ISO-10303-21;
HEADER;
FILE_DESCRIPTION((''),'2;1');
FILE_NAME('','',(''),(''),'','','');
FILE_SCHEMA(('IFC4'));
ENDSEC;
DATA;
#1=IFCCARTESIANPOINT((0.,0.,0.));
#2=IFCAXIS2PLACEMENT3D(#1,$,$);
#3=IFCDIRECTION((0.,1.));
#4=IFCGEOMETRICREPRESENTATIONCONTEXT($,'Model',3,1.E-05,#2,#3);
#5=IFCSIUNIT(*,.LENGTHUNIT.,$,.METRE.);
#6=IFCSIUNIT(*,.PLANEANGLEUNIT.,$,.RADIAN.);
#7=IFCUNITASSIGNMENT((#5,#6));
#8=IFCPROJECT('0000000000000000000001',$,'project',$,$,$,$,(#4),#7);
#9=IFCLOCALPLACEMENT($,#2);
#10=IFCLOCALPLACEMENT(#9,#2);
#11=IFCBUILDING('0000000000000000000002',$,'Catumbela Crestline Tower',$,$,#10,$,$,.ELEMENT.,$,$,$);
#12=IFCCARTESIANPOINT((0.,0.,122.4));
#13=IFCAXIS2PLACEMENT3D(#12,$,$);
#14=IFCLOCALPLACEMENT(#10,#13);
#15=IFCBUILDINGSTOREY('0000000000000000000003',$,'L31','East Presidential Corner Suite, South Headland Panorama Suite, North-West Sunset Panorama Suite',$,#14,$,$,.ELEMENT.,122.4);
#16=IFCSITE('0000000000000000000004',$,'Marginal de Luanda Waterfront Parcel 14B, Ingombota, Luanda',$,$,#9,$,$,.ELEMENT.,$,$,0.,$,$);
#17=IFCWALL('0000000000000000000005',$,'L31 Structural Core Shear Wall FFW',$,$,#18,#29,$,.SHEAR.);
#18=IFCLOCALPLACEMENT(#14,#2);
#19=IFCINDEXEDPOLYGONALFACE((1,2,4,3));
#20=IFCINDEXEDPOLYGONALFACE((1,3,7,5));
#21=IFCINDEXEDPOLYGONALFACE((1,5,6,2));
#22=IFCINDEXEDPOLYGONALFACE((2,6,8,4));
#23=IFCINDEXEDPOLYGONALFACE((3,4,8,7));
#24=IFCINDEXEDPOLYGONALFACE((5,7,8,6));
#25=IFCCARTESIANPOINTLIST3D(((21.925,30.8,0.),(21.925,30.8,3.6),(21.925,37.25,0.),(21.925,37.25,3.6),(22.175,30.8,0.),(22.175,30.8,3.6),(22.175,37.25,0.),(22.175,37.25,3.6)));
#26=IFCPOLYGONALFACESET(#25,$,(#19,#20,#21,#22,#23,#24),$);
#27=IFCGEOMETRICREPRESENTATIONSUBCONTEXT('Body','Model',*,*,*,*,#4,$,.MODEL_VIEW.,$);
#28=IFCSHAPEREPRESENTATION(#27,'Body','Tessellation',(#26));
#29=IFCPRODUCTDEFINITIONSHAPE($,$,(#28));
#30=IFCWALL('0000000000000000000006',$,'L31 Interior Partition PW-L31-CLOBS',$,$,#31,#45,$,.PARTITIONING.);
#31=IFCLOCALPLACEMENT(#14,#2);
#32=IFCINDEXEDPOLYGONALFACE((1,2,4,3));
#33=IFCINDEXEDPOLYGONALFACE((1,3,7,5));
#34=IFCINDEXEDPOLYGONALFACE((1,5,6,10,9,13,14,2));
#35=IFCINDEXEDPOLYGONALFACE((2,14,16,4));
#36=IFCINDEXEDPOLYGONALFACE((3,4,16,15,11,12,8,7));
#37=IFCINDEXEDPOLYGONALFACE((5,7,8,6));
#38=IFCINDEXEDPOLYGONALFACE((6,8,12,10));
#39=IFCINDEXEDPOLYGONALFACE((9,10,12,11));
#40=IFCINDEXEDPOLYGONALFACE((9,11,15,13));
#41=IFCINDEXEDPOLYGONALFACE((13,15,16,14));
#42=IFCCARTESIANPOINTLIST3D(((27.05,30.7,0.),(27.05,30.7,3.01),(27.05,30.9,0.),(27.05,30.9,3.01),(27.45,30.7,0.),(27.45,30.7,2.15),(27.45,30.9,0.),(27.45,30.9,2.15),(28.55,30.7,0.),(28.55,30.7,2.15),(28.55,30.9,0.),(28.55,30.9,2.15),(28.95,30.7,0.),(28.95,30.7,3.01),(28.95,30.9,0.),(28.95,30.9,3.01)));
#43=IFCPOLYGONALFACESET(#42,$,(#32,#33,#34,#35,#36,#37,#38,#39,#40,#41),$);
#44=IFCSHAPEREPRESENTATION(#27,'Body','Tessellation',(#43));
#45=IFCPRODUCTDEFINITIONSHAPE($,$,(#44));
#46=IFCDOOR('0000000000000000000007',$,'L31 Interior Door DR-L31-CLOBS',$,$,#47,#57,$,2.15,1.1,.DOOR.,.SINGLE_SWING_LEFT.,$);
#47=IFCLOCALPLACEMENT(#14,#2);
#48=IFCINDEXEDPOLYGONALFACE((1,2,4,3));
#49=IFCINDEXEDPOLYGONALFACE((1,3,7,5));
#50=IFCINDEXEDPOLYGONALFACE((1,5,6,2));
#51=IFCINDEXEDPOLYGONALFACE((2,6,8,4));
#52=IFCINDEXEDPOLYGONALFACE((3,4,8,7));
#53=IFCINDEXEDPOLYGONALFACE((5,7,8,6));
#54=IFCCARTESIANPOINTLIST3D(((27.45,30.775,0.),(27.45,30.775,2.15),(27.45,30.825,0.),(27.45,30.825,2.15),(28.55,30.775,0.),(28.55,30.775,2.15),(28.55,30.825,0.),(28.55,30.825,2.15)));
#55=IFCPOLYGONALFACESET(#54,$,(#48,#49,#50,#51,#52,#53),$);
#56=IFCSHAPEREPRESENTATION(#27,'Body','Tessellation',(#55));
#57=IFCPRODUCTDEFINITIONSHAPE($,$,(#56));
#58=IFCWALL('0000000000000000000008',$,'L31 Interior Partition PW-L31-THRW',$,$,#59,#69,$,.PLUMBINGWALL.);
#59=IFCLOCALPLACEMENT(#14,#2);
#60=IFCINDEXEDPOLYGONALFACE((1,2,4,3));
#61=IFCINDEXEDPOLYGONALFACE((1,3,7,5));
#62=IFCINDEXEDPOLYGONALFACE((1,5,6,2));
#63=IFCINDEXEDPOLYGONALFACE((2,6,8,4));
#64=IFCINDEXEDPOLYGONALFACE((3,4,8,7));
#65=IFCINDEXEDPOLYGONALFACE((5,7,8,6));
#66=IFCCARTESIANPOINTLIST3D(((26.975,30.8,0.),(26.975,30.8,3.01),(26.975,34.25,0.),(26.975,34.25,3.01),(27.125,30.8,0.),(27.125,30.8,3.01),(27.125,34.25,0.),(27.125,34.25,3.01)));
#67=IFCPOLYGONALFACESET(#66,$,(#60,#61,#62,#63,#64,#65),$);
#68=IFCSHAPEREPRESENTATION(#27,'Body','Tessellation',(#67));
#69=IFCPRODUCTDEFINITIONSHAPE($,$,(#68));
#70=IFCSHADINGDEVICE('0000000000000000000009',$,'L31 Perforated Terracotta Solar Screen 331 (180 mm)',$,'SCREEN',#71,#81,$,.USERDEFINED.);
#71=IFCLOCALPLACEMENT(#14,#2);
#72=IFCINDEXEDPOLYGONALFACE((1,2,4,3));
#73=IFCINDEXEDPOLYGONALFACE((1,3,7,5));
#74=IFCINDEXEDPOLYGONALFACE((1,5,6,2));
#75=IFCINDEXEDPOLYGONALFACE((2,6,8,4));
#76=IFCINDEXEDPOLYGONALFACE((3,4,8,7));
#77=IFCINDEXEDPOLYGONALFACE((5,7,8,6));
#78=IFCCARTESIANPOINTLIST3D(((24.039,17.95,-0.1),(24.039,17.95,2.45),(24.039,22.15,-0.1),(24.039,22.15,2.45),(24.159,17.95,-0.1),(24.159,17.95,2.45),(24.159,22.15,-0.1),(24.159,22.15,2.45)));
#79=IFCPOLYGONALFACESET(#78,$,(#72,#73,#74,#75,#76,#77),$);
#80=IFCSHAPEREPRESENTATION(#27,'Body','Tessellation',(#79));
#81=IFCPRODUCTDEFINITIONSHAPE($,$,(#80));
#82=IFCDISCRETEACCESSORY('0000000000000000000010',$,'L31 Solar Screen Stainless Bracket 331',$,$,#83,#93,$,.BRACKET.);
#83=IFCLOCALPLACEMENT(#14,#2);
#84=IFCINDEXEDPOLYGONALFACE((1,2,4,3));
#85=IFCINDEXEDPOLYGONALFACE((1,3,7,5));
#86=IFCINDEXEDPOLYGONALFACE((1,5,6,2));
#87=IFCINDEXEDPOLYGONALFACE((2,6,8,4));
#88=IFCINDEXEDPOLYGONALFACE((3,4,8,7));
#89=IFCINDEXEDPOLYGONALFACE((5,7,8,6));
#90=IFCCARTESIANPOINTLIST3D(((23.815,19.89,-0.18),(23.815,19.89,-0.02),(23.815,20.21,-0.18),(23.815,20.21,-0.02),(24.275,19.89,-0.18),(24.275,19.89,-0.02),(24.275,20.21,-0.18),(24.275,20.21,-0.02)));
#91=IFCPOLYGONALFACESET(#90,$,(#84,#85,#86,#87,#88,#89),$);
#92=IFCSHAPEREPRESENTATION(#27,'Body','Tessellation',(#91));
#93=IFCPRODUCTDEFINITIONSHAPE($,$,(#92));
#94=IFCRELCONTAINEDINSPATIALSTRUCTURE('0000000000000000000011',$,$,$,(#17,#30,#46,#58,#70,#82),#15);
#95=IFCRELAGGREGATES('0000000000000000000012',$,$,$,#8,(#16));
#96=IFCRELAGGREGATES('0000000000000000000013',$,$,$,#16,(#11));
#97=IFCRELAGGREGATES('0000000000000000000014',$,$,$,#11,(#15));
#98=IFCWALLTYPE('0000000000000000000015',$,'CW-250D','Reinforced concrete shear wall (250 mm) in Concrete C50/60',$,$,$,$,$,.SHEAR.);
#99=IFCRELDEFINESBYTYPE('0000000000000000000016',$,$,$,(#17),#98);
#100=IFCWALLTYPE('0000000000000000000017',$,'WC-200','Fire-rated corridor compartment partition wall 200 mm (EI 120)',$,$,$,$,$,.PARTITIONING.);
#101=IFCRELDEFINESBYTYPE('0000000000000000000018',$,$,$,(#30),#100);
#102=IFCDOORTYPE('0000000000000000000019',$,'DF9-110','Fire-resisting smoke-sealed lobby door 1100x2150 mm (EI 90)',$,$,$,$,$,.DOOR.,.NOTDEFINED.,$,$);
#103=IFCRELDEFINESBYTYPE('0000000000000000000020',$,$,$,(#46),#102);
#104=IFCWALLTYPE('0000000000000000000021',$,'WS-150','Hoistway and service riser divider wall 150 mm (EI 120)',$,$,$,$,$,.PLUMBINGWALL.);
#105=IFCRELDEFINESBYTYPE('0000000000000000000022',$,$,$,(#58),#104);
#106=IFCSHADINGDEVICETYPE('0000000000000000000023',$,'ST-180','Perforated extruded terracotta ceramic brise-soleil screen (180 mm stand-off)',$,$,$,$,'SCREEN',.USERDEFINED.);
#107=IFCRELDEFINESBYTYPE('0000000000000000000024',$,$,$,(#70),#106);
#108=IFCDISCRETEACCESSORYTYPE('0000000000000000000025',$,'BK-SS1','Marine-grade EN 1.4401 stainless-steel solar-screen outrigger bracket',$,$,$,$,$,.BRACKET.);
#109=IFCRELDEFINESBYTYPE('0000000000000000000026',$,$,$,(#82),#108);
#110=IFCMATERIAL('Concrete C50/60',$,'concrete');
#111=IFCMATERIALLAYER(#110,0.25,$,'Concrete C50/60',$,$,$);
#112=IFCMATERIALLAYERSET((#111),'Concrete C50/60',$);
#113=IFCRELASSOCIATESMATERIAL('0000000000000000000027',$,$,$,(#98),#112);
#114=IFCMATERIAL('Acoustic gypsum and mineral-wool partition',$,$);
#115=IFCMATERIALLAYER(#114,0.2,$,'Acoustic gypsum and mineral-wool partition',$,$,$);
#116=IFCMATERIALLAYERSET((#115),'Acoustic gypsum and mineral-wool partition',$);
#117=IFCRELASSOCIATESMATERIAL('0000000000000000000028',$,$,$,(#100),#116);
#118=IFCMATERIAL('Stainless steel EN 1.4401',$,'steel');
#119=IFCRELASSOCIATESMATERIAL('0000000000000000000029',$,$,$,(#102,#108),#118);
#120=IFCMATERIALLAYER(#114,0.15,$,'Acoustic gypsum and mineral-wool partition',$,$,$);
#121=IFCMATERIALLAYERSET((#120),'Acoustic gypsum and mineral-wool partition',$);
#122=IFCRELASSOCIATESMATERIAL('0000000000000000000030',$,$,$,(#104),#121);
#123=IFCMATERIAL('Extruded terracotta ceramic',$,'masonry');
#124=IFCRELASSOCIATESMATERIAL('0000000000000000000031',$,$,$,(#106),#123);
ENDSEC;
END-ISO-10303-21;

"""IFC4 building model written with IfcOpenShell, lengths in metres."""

from ifc_helpers import new_model, si_unit, direction, frame, frame_2d, origin, origin_2d, place, context, subcontext, project, spatial, rectangle, extrude, material, layer, layer_set, type_object, element, fill, save


model = new_model("IFC4")

# Units and contexts
model_context = context("Model", 3, precision=1e-05, world=origin(), true_north=direction((0.0, 1.0)))
body_context = subcontext(model_context, "Body", "Model", "MODEL_VIEW")
ifc_project = project(units=[si_unit("LENGTHUNIT", "METRE"), si_unit("PLANEANGLEUNIT", "RADIAN")], contexts=[model_context])

# Site, building, storey
site_placement = place(None, origin())
site = spatial("IfcSite", under=ifc_project, at=site_placement, Name="Marginal de Luanda Waterfront Parcel 14B, Ingombota, Luanda", CompositionType="ELEMENT", RefElevation=0.0)
building_placement = place(site_placement, origin())
building = spatial("IfcBuilding", under=site, at=building_placement, Name="Catumbela Crestline Tower", CompositionType="ELEMENT")
storey_placement = place(building_placement, frame((0.0, 0.0, 122.4)))
storey = spatial("IfcBuildingStorey", under=building, at=storey_placement, Name="L31", Description="East Presidential Corner Suite, South Headland Panorama Suite, North-West Sunset Panorama Suite", CompositionType="ELEMENT", Elevation=122.4)

# Shared definitions
ifc_material_1 = material(Name="Concrete C50/60", Category="concrete")

# Wall
ifc_layer_1 = layer(ifc_material_1, 0.25, Name="Concrete C50/60")
ifc_layer_set_1 = layer_set([ifc_layer_1], Name="Concrete C50/60")
wall_type_1 = type_object("IfcWallType", Name="CW-250D", Description="Reinforced concrete shear wall (250 mm) in Concrete C50/60", PredefinedType="SHEAR", material=ifc_layer_set_1)
wall_1_placement = place(storey_placement, frame((22.05, 30.8, 0.0), z_axis=(0.0, 0.0, 1.0), x_axis=(0.0, 1.0, 0.0)))
element("IfcWall", 1, at=wall_1_placement, inside=storey, type_object=wall_type_1, Name="L31 Structural Core Shear Wall FFW", PredefinedType="SHEAR", context=body_context, shape_type="SweptSolid", body=[
    extrude(rectangle(XDim=6.45, YDim=0.25, at=frame_2d((3.225, 0.0))), origin(), (0.0, 0.0, 1.0), 3.6),
])

# Wall, opening, door
ifc_material_2 = material(Name="Acoustic gypsum and mineral-wool partition")
ifc_layer_2 = layer(ifc_material_2, 0.2, Name="Acoustic gypsum and mineral-wool partition")
ifc_layer_set_2 = layer_set([ifc_layer_2], Name="Acoustic gypsum and mineral-wool partition")
wall_type_2 = type_object("IfcWallType", Name="WC-200", Description="Fire-rated corridor compartment partition wall 200 mm (EI 120)", PredefinedType="PARTITIONING", material=ifc_layer_set_2)
wall_2_placement = place(storey_placement, frame((27.05, 30.8, 0.0), z_axis=(0.0, 0.0, 1.0), x_axis=(1.0, 0.0, 0.0)))
wall_2 = element("IfcWall", 2, at=wall_2_placement, inside=storey, type_object=wall_type_2, Name="L31 Interior Partition PW-L31-CLOBS", PredefinedType="PARTITIONING", context=body_context, shape_type="SweptSolid", body=[
    extrude(rectangle(XDim=1.9, YDim=0.2, at=frame_2d((0.95, 0.0))), origin(), (0.0, 0.0, 1.0), 3.01),
])
opening_placement = place(wall_2_placement, frame((0.4, 0.0, 0.0)))
opening = element("IfcOpeningElement", 3, at=opening_placement, cuts=wall_2, PredefinedType="OPENING", context=body_context, shape_type="SweptSolid", body=[
    extrude(rectangle(XDim=1.1, YDim=2.15, at=frame_2d((0.55, 1.075))), frame((0.0, 0.11, 0.0), z_axis=(0.0, -1.0, 0.0), x_axis=(1.0, 0.0, 0.0)), (0.0, 0.0, 1.0), 0.22),
])
ifc_material_3 = material(Name="Stainless steel EN 1.4401", Category="steel")
door_type = type_object("IfcDoorType", Name="DF9-110", Description="Fire-resisting smoke-sealed lobby door 1100x2150 mm (EI 90)", OperationType="NOTDEFINED", PredefinedType="DOOR", material=ifc_material_3)
door_placement = place(opening_placement, origin())
door = element("IfcDoor", 4, at=door_placement, inside=storey, type_object=door_type, Name="L31 Interior Door DR-L31-CLOBS", OperationType="SINGLE_SWING_LEFT", OverallHeight=2.15, OverallWidth=1.1, PredefinedType="DOOR", context=body_context, shape_type="SweptSolid", body=[
    extrude(rectangle(XDim=1.1, YDim=2.15, at=frame_2d((0.55, 1.075))), frame((0.0, 0.025, 0.0), z_axis=(0.0, -1.0, 0.0), x_axis=(1.0, 0.0, 0.0)), (0.0, 0.0, 1.0), 0.05),
])
fill(opening, door)

# Wall
ifc_layer_3 = layer(ifc_material_2, 0.15, Name="Acoustic gypsum and mineral-wool partition")
ifc_layer_set_3 = layer_set([ifc_layer_3], Name="Acoustic gypsum and mineral-wool partition")
wall_type_3 = type_object("IfcWallType", Name="WS-150", Description="Hoistway and service riser divider wall 150 mm (EI 120)", PredefinedType="PLUMBINGWALL", material=ifc_layer_set_3)
wall_3_placement = place(storey_placement, frame((27.05, 30.8, 0.0), z_axis=(0.0, 0.0, 1.0), x_axis=(0.0, 1.0, 0.0)))
element("IfcWall", 5, at=wall_3_placement, inside=storey, type_object=wall_type_3, Name="L31 Interior Partition PW-L31-THRW", PredefinedType="PLUMBINGWALL", context=body_context, shape_type="SweptSolid", body=[
    extrude(rectangle(XDim=3.45, YDim=0.15, at=frame_2d((1.725, 0.0))), origin(), (0.0, 0.0, 1.0), 3.01),
])

# Shading device
ifc_material_4 = material(Name="Extruded terracotta ceramic", Category="masonry")
shading_device_type = type_object("IfcShadingDeviceType", Name="ST-180", Description="Perforated extruded terracotta ceramic brise-soleil screen (180 mm stand-off)", ElementType="SCREEN", PredefinedType="USERDEFINED", material=ifc_material_4)
shading_device_placement = place(storey_placement, frame((24.099, 20.05, -0.1), z_axis=(0.0, 0.0, 1.0), x_axis=(0.0, 1.0, 0.0)))
element("IfcShadingDevice", 6, at=shading_device_placement, inside=storey, type_object=shading_device_type, Name="L31 Perforated Terracotta Solar Screen 331 (180 mm)", ObjectType="SCREEN", PredefinedType="USERDEFINED", context=body_context, shape_type="SweptSolid", body=[
    extrude(rectangle(XDim=4.2, YDim=0.12, at=origin_2d()), origin(), (0.0, 0.0, 1.0), 2.55),
])

# Discrete accessory
discrete_accessory_type = type_object("IfcDiscreteAccessoryType", Name="BK-SS1", Description="Marine-grade EN 1.4401 stainless-steel solar-screen outrigger bracket", PredefinedType="BRACKET", material=ifc_material_3)
discrete_accessory_placement = place(storey_placement, frame((24.045, 20.05, -0.18), z_axis=(0.0, 0.0, 1.0), x_axis=(0.0, 1.0, 0.0)))
element("IfcDiscreteAccessory", 7, at=discrete_accessory_placement, inside=storey, type_object=discrete_accessory_type, Name="L31 Solar Screen Stainless Bracket 331", PredefinedType="BRACKET", context=body_context, shape_type="SweptSolid", body=[
    extrude(rectangle(XDim=0.32, YDim=0.46, at=origin_2d()), origin(), (0.0, 0.0, 1.0), 0.16),
])

save(model, "model.ifc")
